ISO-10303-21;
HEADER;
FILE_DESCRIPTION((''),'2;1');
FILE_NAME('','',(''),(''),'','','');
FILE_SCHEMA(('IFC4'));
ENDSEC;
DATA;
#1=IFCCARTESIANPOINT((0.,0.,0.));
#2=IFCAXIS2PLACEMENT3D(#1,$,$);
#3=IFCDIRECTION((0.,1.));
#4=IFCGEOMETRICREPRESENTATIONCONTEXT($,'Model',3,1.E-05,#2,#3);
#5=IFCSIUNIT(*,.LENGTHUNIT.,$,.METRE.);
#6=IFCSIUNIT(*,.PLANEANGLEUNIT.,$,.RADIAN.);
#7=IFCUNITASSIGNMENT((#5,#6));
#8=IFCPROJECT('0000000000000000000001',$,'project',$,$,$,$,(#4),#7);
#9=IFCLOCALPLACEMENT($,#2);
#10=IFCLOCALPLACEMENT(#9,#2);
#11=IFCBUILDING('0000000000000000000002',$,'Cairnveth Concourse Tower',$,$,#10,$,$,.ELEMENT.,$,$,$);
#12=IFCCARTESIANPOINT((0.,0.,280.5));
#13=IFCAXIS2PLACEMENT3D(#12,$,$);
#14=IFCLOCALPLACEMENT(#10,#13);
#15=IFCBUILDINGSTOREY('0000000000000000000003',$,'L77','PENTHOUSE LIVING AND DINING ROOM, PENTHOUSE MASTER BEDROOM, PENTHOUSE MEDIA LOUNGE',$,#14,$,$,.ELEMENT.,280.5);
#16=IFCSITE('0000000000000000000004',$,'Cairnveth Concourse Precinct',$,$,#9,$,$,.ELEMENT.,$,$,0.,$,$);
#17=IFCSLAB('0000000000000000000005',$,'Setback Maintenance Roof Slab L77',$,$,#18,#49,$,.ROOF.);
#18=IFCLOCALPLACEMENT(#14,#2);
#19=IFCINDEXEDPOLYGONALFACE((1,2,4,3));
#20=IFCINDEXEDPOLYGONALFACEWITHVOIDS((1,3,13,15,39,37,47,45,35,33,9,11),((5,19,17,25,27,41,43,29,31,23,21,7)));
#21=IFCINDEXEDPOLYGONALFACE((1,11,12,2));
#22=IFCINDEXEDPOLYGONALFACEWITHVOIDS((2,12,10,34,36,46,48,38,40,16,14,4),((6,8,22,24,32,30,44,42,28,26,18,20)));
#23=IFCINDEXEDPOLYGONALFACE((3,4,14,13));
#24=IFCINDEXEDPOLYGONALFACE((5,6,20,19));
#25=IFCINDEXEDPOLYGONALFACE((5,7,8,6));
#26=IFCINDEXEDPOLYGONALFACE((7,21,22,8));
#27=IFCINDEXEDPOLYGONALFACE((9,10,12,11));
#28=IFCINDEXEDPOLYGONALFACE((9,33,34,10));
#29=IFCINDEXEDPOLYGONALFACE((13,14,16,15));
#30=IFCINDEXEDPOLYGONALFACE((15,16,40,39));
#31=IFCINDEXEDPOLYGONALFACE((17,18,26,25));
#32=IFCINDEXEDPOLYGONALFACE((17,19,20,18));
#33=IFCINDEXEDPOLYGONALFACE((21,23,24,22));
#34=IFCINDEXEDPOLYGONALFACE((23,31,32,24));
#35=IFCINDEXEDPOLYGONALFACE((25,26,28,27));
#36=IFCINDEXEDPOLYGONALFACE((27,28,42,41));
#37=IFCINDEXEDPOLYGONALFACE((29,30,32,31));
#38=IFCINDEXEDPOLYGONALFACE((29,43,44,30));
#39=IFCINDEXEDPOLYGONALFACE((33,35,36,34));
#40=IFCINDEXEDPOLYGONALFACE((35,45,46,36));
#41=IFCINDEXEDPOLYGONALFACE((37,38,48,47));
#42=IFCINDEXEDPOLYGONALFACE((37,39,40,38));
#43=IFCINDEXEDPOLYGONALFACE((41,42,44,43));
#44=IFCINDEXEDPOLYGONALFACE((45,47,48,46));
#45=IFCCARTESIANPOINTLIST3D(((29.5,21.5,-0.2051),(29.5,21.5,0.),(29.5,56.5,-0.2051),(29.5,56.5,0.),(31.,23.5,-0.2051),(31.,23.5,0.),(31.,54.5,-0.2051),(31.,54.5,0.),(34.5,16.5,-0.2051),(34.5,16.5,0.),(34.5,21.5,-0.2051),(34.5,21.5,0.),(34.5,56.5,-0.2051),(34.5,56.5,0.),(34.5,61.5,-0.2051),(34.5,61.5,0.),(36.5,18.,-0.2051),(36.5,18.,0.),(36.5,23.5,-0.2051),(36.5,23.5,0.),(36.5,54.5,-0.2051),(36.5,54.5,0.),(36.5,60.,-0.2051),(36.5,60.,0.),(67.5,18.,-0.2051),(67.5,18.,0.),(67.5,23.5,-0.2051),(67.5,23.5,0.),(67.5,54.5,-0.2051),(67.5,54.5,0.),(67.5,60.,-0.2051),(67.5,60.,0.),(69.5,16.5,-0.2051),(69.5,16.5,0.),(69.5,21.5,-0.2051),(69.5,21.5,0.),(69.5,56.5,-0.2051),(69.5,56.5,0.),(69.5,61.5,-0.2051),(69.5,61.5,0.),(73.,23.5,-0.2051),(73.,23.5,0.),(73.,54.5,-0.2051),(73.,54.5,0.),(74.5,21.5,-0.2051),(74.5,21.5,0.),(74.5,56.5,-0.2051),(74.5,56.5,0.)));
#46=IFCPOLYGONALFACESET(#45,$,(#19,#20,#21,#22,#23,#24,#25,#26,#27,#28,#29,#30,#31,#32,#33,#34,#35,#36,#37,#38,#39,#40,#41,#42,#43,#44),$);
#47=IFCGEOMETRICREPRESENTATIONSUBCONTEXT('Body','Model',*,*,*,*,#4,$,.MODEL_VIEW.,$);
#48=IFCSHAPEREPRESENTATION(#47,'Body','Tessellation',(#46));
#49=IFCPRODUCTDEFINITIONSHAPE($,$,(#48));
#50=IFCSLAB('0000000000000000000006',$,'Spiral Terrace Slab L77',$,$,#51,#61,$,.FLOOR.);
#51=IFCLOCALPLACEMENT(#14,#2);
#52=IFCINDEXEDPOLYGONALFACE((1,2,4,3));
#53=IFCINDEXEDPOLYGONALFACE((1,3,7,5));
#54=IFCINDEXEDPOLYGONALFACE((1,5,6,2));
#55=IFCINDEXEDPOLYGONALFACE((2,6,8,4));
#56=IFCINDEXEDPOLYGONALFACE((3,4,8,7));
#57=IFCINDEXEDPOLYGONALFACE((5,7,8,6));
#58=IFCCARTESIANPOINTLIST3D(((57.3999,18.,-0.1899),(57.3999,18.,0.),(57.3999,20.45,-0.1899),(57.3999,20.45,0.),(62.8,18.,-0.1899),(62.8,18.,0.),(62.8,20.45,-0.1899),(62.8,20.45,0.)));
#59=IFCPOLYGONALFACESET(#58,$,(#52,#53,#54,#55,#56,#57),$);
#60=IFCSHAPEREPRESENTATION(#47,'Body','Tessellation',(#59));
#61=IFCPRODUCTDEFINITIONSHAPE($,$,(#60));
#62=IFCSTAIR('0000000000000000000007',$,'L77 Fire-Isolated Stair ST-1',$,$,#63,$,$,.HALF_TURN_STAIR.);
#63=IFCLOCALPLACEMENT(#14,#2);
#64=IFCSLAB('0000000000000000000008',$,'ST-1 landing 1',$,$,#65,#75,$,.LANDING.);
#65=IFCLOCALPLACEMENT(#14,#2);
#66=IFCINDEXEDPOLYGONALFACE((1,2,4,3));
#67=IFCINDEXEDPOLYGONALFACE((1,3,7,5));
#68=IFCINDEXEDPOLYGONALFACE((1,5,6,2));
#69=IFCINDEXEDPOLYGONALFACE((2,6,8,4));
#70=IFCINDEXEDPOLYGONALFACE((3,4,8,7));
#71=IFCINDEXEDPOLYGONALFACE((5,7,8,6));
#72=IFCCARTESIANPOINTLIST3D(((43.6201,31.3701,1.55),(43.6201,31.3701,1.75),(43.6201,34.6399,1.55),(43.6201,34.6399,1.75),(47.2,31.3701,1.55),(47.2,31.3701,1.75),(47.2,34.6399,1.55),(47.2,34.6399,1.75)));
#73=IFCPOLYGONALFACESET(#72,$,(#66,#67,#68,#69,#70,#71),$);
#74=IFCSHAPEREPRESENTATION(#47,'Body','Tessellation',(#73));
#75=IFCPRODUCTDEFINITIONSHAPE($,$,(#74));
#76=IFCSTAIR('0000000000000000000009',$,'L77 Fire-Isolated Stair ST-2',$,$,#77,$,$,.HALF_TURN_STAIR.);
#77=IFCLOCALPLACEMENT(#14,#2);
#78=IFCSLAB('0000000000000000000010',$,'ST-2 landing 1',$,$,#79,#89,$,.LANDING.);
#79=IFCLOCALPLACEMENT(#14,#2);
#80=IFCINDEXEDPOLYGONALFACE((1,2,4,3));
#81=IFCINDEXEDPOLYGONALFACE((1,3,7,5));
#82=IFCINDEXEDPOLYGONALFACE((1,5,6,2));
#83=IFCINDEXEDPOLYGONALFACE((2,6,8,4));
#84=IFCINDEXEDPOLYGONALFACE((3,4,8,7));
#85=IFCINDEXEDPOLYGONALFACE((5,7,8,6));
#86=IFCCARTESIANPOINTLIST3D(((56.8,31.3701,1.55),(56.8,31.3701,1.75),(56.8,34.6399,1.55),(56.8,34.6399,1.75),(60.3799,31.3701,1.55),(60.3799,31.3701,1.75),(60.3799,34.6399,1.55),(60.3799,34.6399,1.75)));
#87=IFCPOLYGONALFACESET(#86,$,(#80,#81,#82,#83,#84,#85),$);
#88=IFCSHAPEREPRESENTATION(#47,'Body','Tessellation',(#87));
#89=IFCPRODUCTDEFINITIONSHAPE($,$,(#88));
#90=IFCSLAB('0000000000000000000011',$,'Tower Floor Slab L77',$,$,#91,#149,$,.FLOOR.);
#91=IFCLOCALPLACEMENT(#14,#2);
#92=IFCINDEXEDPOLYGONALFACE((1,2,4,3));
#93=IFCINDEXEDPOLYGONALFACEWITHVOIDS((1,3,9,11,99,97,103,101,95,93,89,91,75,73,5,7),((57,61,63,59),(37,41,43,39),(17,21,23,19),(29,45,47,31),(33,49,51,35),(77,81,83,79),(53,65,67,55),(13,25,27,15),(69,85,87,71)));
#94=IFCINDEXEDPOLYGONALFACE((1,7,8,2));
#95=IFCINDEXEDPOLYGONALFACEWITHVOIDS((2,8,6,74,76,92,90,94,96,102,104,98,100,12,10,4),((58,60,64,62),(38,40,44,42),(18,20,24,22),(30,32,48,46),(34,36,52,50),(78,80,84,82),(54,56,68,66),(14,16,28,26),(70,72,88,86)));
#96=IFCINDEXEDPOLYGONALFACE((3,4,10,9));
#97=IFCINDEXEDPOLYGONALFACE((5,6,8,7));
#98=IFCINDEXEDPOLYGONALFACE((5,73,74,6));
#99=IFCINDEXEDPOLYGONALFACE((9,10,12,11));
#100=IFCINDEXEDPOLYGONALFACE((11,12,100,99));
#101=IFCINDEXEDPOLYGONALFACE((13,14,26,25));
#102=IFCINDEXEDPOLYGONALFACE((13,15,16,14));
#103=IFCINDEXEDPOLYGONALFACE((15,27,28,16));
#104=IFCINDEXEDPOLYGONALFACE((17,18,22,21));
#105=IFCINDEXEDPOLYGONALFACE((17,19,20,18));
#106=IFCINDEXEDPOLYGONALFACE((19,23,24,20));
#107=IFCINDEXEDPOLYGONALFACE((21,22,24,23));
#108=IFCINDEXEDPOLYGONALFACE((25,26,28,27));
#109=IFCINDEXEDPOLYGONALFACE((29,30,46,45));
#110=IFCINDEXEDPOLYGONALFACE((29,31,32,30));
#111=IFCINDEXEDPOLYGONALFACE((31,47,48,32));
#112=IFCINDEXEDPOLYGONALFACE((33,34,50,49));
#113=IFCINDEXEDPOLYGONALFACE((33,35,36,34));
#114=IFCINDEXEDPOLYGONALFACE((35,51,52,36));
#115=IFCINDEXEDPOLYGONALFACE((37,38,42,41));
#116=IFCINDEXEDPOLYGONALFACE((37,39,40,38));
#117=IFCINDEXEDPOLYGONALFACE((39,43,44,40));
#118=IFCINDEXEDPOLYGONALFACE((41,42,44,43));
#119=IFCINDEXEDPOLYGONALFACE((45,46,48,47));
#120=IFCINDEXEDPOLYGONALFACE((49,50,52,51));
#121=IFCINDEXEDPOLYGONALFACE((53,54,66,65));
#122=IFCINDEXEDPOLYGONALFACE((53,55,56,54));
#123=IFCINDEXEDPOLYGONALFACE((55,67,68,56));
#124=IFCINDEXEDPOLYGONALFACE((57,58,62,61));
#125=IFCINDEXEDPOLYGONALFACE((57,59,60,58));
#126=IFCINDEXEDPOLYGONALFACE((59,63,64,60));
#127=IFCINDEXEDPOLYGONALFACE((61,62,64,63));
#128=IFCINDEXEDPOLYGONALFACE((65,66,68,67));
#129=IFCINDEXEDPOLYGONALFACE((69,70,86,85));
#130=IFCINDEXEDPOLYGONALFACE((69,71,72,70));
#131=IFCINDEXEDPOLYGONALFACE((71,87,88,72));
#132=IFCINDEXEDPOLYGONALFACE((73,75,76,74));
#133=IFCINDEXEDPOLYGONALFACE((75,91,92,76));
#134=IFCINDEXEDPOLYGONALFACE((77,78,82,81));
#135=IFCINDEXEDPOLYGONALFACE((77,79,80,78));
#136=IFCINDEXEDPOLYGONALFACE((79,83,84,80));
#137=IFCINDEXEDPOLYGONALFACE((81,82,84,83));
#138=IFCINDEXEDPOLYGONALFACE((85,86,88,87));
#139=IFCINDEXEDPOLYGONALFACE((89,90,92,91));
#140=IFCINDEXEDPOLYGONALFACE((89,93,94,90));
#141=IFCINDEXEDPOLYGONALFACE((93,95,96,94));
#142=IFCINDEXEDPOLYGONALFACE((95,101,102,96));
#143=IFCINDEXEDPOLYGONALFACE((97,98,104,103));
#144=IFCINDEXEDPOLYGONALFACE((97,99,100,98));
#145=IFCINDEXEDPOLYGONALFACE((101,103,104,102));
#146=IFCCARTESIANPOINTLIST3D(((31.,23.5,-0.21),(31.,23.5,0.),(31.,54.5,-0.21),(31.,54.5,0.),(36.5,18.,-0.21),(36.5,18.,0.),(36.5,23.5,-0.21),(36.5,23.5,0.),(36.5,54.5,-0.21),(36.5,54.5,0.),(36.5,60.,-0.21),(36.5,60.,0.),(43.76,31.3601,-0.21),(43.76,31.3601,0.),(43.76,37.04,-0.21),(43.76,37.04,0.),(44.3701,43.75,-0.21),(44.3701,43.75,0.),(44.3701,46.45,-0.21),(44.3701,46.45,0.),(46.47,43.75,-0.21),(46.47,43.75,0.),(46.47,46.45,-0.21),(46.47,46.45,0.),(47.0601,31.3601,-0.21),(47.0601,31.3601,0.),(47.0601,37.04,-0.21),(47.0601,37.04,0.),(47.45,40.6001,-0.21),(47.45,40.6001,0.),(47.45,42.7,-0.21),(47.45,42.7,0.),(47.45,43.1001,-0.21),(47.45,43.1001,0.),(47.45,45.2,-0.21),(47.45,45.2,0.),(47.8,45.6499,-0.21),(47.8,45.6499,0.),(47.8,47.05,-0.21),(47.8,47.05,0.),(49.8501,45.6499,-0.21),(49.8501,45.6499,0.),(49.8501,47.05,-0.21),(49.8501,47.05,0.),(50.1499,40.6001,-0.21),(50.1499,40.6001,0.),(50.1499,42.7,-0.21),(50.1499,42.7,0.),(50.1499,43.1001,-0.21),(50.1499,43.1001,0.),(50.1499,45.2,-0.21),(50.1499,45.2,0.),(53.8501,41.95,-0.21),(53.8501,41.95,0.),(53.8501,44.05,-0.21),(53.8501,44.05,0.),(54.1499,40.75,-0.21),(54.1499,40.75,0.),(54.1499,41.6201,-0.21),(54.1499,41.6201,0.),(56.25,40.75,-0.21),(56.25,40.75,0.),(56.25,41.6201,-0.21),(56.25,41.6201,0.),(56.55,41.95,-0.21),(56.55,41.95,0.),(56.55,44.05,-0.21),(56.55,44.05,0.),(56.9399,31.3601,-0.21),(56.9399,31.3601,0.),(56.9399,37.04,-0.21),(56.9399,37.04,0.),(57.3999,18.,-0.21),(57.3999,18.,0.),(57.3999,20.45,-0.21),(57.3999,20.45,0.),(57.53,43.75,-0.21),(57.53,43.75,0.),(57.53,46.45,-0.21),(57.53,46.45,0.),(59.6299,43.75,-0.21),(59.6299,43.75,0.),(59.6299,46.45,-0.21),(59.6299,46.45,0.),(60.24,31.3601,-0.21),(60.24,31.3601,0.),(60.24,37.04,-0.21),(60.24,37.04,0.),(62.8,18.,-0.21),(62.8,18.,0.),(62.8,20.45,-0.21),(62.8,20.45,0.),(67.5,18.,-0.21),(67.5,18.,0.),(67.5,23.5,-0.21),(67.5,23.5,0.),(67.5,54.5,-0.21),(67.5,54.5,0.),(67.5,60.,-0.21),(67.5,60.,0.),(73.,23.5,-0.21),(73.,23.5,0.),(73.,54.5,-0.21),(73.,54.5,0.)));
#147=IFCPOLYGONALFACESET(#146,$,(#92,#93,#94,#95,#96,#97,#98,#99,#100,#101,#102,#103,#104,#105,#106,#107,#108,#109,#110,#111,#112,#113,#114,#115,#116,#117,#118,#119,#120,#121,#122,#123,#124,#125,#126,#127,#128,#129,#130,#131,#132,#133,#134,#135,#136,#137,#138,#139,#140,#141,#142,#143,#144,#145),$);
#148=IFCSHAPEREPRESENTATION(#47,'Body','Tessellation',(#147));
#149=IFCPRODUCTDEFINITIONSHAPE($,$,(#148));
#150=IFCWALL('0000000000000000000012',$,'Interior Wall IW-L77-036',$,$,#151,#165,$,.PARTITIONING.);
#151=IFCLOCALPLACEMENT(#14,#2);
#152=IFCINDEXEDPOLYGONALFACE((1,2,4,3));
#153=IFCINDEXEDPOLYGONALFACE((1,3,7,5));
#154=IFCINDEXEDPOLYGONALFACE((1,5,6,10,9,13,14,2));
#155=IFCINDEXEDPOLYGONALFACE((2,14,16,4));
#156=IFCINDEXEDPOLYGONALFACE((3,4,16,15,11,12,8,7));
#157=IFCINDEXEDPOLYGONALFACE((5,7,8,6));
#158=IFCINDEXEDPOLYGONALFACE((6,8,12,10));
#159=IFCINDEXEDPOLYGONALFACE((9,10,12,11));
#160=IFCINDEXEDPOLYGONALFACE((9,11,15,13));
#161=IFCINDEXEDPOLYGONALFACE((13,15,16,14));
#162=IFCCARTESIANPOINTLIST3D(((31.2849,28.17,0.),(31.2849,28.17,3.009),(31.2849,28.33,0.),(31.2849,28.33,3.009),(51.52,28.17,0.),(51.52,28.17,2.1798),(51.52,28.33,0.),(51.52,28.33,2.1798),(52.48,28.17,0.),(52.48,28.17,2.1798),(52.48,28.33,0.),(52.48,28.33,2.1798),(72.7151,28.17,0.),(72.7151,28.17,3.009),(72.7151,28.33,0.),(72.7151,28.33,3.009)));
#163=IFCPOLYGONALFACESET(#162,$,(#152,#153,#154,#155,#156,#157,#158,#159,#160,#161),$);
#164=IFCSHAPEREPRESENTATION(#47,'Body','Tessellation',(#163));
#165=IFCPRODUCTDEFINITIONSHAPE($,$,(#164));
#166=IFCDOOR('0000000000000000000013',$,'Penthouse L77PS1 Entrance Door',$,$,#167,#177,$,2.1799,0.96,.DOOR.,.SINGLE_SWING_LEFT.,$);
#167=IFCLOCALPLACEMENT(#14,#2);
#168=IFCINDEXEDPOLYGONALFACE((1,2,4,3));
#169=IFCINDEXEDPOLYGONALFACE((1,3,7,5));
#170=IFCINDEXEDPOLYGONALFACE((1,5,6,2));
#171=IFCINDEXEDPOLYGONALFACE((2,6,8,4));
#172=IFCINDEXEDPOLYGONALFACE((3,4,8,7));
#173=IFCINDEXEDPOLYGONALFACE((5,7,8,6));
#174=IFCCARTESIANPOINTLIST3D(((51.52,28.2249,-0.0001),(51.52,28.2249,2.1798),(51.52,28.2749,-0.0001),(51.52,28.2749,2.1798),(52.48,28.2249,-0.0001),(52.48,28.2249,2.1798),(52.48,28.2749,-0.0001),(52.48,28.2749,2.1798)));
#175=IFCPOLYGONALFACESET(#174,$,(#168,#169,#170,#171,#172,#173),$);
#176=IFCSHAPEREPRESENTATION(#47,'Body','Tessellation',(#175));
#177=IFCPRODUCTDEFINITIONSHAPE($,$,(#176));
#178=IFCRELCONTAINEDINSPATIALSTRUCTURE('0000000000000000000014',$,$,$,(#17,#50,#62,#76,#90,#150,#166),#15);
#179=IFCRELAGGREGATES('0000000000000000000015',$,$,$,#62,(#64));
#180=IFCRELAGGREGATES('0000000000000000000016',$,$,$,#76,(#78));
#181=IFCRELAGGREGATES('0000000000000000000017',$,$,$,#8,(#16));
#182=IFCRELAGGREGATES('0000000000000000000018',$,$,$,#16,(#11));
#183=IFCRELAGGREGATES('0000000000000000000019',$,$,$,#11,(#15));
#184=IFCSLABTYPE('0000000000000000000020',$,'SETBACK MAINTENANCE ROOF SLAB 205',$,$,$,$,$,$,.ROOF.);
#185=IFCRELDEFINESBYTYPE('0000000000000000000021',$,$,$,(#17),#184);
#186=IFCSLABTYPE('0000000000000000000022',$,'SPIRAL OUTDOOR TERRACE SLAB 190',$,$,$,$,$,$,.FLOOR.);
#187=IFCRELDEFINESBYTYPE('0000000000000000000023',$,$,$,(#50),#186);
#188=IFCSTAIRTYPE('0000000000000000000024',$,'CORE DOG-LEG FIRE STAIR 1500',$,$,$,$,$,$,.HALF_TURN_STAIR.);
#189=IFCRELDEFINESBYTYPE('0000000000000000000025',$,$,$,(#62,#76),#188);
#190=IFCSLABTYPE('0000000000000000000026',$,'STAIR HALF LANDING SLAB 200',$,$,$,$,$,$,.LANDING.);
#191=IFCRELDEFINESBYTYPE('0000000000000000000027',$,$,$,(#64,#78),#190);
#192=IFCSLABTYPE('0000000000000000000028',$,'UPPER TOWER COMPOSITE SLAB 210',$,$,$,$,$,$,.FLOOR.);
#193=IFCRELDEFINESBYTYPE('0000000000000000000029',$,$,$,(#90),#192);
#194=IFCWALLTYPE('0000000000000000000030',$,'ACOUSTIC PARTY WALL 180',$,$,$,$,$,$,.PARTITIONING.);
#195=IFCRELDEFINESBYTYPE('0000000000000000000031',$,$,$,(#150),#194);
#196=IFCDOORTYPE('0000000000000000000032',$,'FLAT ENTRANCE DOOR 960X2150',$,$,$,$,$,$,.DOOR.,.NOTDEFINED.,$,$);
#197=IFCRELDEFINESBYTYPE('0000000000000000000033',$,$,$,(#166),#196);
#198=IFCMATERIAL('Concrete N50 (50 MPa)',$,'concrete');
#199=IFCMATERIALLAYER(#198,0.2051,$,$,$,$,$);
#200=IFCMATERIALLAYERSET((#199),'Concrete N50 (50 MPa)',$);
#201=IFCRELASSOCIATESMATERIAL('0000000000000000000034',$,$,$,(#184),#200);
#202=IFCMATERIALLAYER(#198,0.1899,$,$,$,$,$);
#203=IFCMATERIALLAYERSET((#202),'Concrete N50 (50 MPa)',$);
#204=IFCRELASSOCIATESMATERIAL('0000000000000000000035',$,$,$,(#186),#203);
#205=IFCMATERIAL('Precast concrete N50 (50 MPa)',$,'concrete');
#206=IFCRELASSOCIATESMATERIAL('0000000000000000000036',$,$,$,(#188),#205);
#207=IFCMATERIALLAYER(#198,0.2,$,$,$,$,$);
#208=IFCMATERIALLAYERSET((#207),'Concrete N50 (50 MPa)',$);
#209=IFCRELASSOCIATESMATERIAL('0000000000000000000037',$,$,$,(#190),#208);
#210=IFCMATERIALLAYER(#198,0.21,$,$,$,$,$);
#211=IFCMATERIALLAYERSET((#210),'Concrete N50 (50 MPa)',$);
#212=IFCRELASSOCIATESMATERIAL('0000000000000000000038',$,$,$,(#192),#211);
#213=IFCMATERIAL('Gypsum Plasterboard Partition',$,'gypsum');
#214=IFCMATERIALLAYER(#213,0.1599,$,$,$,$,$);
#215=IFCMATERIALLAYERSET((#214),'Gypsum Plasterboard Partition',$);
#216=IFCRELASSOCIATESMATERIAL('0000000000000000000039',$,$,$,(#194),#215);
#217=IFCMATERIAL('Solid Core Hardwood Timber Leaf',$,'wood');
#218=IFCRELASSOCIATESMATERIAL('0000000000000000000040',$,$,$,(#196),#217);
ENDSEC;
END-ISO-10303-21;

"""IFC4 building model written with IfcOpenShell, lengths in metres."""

from ifc_helpers import new_model, si_unit, direction, frame, frame_2d, origin, place, context, subcontext, project, spatial, polyline, rectangle, outline, extrude, material, layer, layer_set, type_object, element, fill, aggregate, save


model = new_model("IFC4")

# Units and contexts
model_context = context("Model", 3, precision=1e-05, world=origin(), true_north=direction((0.0, 1.0)))
body_context = subcontext(model_context, "Body", "Model", "MODEL_VIEW")
ifc_project = project(units=[si_unit("LENGTHUNIT", "METRE"), si_unit("PLANEANGLEUNIT", "RADIAN")], contexts=[model_context])

# Site, building, storey
site_placement = place(None, origin())
site = spatial("IfcSite", under=ifc_project, at=site_placement, Name="Cairnveth Concourse Precinct", CompositionType="ELEMENT", RefElevation=0.0)
building_placement = place(site_placement, origin())
building = spatial("IfcBuilding", under=site, at=building_placement, Name="Cairnveth Concourse Tower", CompositionType="ELEMENT")
storey_placement = place(building_placement, frame((0.0, 0.0, 280.5)))
storey = spatial("IfcBuildingStorey", under=building, at=storey_placement, Name="L77", Description="PENTHOUSE LIVING AND DINING ROOM, PENTHOUSE MASTER BEDROOM, PENTHOUSE MEDIA LOUNGE", CompositionType="ELEMENT", Elevation=280.5)

# Slabs
ifc_material_1 = material(Name="Concrete N50 (50 MPa)", Category="concrete")
ifc_layer_1 = layer(ifc_material_1, 0.2051)
ifc_layer_set_1 = layer_set([ifc_layer_1], Name="Concrete N50 (50 MPa)")
slab_type_1 = type_object("IfcSlabType", Name="SETBACK MAINTENANCE ROOF SLAB 205", PredefinedType="ROOF", material=ifc_layer_set_1)
slab_1_placement = place(storey_placement, frame((0.0, 0.0, -0.2051)))
element("IfcSlab", 1, at=slab_1_placement, inside=storey, type_object=slab_type_1, Name="Setback Maintenance Roof Slab L77", PredefinedType="ROOF", context=body_context, shape_type="SweptSolid", body=[
    extrude(outline(polyline([(34.5, 16.5), (69.5, 16.5), (69.5, 21.5), (74.5, 21.5), (74.5, 56.5), (69.5, 56.5), (69.5, 61.5), (34.5, 61.5), (34.5, 56.5), (29.5, 56.5), (29.5, 21.5), (34.5, 21.5), (34.5, 16.5)]), holes=[polyline([(36.5, 18.0), (67.5, 18.0), (67.5, 23.5), (73.0, 23.5), (73.0, 54.5), (67.5, 54.5), (67.5, 60.0), (36.5, 60.0), (36.5, 54.5), (31.0, 54.5), (31.0, 23.5), (36.5, 23.5), (36.5, 18.0)])]), origin(), (0.0, 0.0, 1.0), 0.2051),
])
ifc_layer_2 = layer(ifc_material_1, 0.1899)
ifc_layer_set_2 = layer_set([ifc_layer_2], Name="Concrete N50 (50 MPa)")
slab_type_2 = type_object("IfcSlabType", Name="SPIRAL OUTDOOR TERRACE SLAB 190", PredefinedType="FLOOR", material=ifc_layer_set_2)
slab_2_placement = place(storey_placement, frame((0.0, 0.0, -0.1899)))
element("IfcSlab", 2, at=slab_2_placement, inside=storey, type_object=slab_type_2, Name="Spiral Terrace Slab L77", PredefinedType="FLOOR", context=body_context, shape_type="SweptSolid", body=[
    extrude(outline(polyline([(57.3999, 18.0), (62.8, 18.0), (62.8, 20.45), (57.3999, 20.45), (57.3999, 18.0)])), origin(), (0.0, 0.0, 1.0), 0.1899),
])

# Stairs, slabs
ifc_material_2 = material(Name="Precast concrete N50 (50 MPa)", Category="concrete")
stair_type = type_object("IfcStairType", Name="CORE DOG-LEG FIRE STAIR 1500", PredefinedType="HALF_TURN_STAIR", material=ifc_material_2)
stair_1_placement = place(storey_placement, origin())
stair_1 = element("IfcStair", 3, at=stair_1_placement, inside=storey, type_object=stair_type, Name="L77 Fire-Isolated Stair ST-1", PredefinedType="HALF_TURN_STAIR")
ifc_layer_3 = layer(ifc_material_1, 0.2)
ifc_layer_set_3 = layer_set([ifc_layer_3], Name="Concrete N50 (50 MPa)")
slab_type_3 = type_object("IfcSlabType", Name="STAIR HALF LANDING SLAB 200", PredefinedType="LANDING", material=ifc_layer_set_3)
slab_3_placement = place(storey_placement, frame((0.0, 0.0, 1.55)))
slab_3 = element("IfcSlab", 4, at=slab_3_placement, type_object=slab_type_3, Name="ST-1 landing 1", PredefinedType="LANDING", context=body_context, shape_type="SweptSolid", body=[
    extrude(outline(polyline([(43.6201, 34.6399), (43.6201, 31.3701), (47.2, 31.3701), (47.2, 34.6399), (43.6201, 34.6399)])), origin(), (0.0, 0.0, 1.0), 0.2),
])
aggregate(stair_1, [slab_3])
stair_2_placement = place(storey_placement, origin())
stair_2 = element("IfcStair", 5, at=stair_2_placement, inside=storey, type_object=stair_type, Name="L77 Fire-Isolated Stair ST-2", PredefinedType="HALF_TURN_STAIR")
slab_4_placement = place(storey_placement, frame((0.0, 0.0, 1.55)))
slab_4 = element("IfcSlab", 6, at=slab_4_placement, type_object=slab_type_3, Name="ST-2 landing 1", PredefinedType="LANDING", context=body_context, shape_type="SweptSolid", body=[
    extrude(outline(polyline([(56.8, 34.6399), (56.8, 31.3701), (60.3799, 31.3701), (60.3799, 34.6399), (56.8, 34.6399)])), origin(), (0.0, 0.0, 1.0), 0.2),
])
aggregate(stair_2, [slab_4])

# Slab
ifc_layer_4 = layer(ifc_material_1, 0.21)
ifc_layer_set_4 = layer_set([ifc_layer_4], Name="Concrete N50 (50 MPa)")
slab_type_4 = type_object("IfcSlabType", Name="UPPER TOWER COMPOSITE SLAB 210", PredefinedType="FLOOR", material=ifc_layer_set_4)
slab_5_placement = place(storey_placement, frame((0.0, 0.0, -0.21)))
element("IfcSlab", 7, at=slab_5_placement, inside=storey, type_object=slab_type_4, Name="Tower Floor Slab L77", PredefinedType="FLOOR", context=body_context, shape_type="SweptSolid", body=[
    extrude(outline(polyline([(57.3999, 18.0), (57.3999, 20.45), (62.8, 20.45), (62.8, 18.0), (67.5, 18.0), (67.5, 23.5), (73.0, 23.5), (73.0, 54.5), (67.5, 54.5), (67.5, 60.0), (36.5, 60.0), (36.5, 54.5), (31.0, 54.5), (31.0, 23.5), (36.5, 23.5), (36.5, 18.0), (57.3999, 18.0)]), holes=[polyline([(43.76, 31.3601), (47.0601, 31.3601), (47.0601, 37.04), (43.76, 37.04), (43.76, 31.3601)]), polyline([(56.9399, 31.3601), (60.24, 31.3601), (60.24, 37.04), (56.9399, 37.04), (56.9399, 31.3601)]), polyline([(44.3701, 43.75), (46.47, 43.75), (46.47, 46.45), (44.3701, 46.45), (44.3701, 43.75)]), polyline([(57.53, 43.75), (59.6299, 43.75), (59.6299, 46.45), (57.53, 46.45), (57.53, 43.75)]), polyline([(47.45, 40.6001), (50.1499, 40.6001), (50.1499, 42.7), (47.45, 42.7), (47.45, 40.6001)]), polyline([(47.45, 43.1001), (50.1499, 43.1001), (50.1499, 45.2), (47.45, 45.2), (47.45, 43.1001)]), polyline([(53.8501, 41.95), (56.55, 41.95), (56.55, 44.05), (53.8501, 44.05), (53.8501, 41.95)]), polyline([(47.8, 45.6499), (49.8501, 45.6499), (49.8501, 47.05), (47.8, 47.05), (47.8, 45.6499)]), polyline([(54.1499, 40.75), (56.25, 40.75), (56.25, 41.6201), (54.1499, 41.6201), (54.1499, 40.75)])]), origin(), (0.0, 0.0, 1.0), 0.21),
])

# Wall, opening, door
ifc_material_3 = material(Name="Gypsum Plasterboard Partition", Category="gypsum")
ifc_layer_5 = layer(ifc_material_3, 0.1599)
ifc_layer_set_5 = layer_set([ifc_layer_5], Name="Gypsum Plasterboard Partition")
wall_type_1 = type_object("IfcWallType", Name="ACOUSTIC PARTY WALL 180", PredefinedType="PARTITIONING", material=ifc_layer_set_5)
wall_1_placement = place(storey_placement, frame((31.2849, 28.25, 0.0), z_axis=(0.0, 0.0, 1.0), x_axis=(1.0, 0.0, 0.0)))
wall_1 = element("IfcWall", 8, at=wall_1_placement, inside=storey, type_object=wall_type_1, Name="Interior Wall IW-L77-036", PredefinedType="PARTITIONING", context=body_context, shape_type="SweptSolid", body=[
    extrude(rectangle(XDim=41.4302, YDim=0.1599, at=frame_2d((20.7151, 0.0))), origin(), (0.0, 0.0, 1.0), 3.009),
])
opening_1_placement = place(wall_1_placement, frame((20.2351, 0.0, 0.0)))
opening_1 = element("IfcOpeningElement", 9, at=opening_1_placement, cuts=wall_1, PredefinedType="OPENING", context=body_context, shape_type="SweptSolid", body=[
    extrude(rectangle(XDim=0.96, YDim=2.1799, at=frame_2d((0.48, 1.0898))), frame((0.0, 0.0898, 0.0), z_axis=(0.0, -1.0, 0.0), x_axis=(1.0, 0.0, 0.0)), (0.0, 0.0, 1.0), 0.1799),
])
ifc_material_4 = material(Name="Solid Core Hardwood Timber Leaf", Category="wood")
door_type = type_object("IfcDoorType", Name="FLAT ENTRANCE DOOR 960X2150", OperationType="NOTDEFINED", PredefinedType="DOOR", material=ifc_material_4)
door_placement = place(opening_1_placement, origin())
door = element("IfcDoor", 10, at=door_placement, inside=storey, type_object=door_type, Name="Penthouse L77PS1 Entrance Door", OperationType="SINGLE_SWING_LEFT", OverallHeight=2.1799, OverallWidth=0.96, PredefinedType="DOOR", context=body_context, shape_type="SweptSolid", body=[
    extrude(rectangle(XDim=0.96, YDim=2.1799, at=frame_2d((0.48, 1.0898))), frame((0.0, 0.0249, 0.0), z_axis=(0.0, -1.0, 0.0), x_axis=(1.0, 0.0, 0.0)), (0.0, 0.0, 1.0), 0.05),
])
fill(opening_1, door)

save(model, "model.ifc")
